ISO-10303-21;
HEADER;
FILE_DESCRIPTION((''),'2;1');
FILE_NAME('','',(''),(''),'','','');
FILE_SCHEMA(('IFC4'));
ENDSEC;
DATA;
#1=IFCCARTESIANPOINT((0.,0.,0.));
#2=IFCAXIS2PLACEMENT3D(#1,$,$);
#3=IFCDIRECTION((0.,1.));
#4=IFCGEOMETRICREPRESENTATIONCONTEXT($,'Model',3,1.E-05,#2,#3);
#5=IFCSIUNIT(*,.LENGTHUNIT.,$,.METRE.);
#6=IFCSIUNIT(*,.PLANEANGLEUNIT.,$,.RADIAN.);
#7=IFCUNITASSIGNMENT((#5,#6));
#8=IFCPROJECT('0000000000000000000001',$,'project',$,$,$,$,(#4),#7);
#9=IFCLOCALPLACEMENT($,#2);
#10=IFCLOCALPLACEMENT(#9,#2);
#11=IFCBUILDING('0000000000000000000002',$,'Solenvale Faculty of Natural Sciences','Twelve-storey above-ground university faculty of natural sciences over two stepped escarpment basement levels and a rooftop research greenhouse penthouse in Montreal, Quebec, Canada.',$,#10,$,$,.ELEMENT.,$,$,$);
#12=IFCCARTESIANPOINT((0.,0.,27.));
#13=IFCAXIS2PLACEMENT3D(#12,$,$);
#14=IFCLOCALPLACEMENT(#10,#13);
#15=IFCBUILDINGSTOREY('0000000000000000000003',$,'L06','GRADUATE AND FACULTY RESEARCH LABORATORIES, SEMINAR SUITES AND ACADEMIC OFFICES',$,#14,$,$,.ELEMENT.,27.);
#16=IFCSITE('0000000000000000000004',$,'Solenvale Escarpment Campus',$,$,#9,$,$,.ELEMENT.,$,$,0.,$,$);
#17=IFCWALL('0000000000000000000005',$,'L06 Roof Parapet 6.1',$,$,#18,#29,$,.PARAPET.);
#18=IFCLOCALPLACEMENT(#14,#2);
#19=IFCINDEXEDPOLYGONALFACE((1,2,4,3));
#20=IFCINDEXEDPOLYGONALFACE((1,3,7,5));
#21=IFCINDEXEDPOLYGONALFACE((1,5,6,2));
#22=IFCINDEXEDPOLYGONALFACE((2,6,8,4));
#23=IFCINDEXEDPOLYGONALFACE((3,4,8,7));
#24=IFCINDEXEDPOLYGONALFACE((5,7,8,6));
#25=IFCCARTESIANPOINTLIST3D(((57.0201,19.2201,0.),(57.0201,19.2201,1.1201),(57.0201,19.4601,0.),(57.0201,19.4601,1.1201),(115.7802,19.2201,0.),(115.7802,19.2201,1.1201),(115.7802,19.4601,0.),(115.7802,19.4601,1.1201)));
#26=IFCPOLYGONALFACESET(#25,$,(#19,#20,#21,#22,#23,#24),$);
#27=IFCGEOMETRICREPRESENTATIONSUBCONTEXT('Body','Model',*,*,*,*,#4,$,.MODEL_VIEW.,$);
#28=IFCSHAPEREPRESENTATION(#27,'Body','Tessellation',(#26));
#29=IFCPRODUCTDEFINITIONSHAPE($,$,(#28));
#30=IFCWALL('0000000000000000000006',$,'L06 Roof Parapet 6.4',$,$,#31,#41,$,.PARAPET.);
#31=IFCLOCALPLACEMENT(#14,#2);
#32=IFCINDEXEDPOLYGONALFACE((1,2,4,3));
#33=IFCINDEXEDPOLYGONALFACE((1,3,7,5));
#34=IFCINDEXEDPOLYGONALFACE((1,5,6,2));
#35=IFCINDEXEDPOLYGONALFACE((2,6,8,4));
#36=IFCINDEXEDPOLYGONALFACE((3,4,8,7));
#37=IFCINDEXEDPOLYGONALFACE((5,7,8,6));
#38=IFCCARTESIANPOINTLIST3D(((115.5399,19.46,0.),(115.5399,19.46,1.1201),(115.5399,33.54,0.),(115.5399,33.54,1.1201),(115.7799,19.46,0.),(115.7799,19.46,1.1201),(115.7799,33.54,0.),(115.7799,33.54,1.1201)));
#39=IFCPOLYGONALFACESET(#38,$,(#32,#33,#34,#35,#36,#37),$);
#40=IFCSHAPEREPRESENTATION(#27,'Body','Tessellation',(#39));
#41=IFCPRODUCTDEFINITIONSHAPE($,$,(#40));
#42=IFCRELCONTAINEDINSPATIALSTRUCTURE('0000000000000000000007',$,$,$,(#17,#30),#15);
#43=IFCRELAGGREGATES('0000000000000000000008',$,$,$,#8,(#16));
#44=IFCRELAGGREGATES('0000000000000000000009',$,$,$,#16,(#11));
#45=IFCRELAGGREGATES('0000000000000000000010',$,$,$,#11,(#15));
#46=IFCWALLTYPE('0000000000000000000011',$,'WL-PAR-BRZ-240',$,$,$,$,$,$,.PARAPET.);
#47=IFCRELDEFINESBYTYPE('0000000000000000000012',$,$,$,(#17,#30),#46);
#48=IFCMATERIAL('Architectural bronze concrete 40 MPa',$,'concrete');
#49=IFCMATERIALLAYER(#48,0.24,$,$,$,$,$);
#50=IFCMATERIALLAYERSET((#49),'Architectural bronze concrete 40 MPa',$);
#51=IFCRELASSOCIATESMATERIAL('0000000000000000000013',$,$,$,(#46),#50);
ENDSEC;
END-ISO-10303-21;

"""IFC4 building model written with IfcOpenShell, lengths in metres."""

from ifc_helpers import new_model, si_unit, direction, frame, frame_2d, origin, place, context, subcontext, project, spatial, rectangle, extrude, material, layer, layer_set, type_object, element, save


model = new_model("IFC4")

# Units and contexts
model_context = context("Model", 3, precision=1e-05, world=origin(), true_north=direction((0.0, 1.0)))
body_context = subcontext(model_context, "Body", "Model", "MODEL_VIEW")
ifc_project = project(units=[si_unit("LENGTHUNIT", "METRE"), si_unit("PLANEANGLEUNIT", "RADIAN")], contexts=[model_context])

# Site, building, storey
site_placement = place(None, origin())
site = spatial("IfcSite", under=ifc_project, at=site_placement, Name="Solenvale Escarpment Campus", CompositionType="ELEMENT", RefElevation=0.0)
building_placement = place(site_placement, origin())
building = spatial("IfcBuilding", under=site, at=building_placement, Name="Solenvale Faculty of Natural Sciences", Description="Twelve-storey above-ground university faculty of natural sciences over two stepped escarpment basement levels and a rooftop research greenhouse penthouse in Montreal, Quebec, Canada.", CompositionType="ELEMENT")
storey_placement = place(building_placement, frame((0.0, 0.0, 27.0)))
storey = spatial("IfcBuildingStorey", under=building, at=storey_placement, Name="L06", Description="GRADUATE AND FACULTY RESEARCH LABORATORIES, SEMINAR SUITES AND ACADEMIC OFFICES", CompositionType="ELEMENT", Elevation=27.0)

# Walls
ifc_material_1 = material(Name="Architectural bronze concrete 40 MPa", Category="concrete")
ifc_layer_1 = layer(ifc_material_1, 0.24)
ifc_layer_set_1 = layer_set([ifc_layer_1], Name="Architectural bronze concrete 40 MPa")
wall_type_1 = type_object("IfcWallType", Name="WL-PAR-BRZ-240", PredefinedType="PARAPET", material=ifc_layer_set_1)
wall_1_placement = place(storey_placement, frame((115.78, 19.3401, 0.0), z_axis=(0.0, 0.0, 1.0), x_axis=(-1.0, 0.0, 0.0)))
element("IfcWall", 1, at=wall_1_placement, inside=storey, type_object=wall_type_1, Name="L06 Roof Parapet 6.1", PredefinedType="PARAPET", context=body_context, shape_type="SweptSolid", body=[
    extrude(rectangle(XDim=58.76, YDim=0.24, at=frame_2d((29.3799, 0.0))), origin(), (0.0, 0.0, 1.0), 1.1201),
])
wall_2_placement = place(storey_placement, frame((115.6599, 33.54, 0.0), z_axis=(0.0, 0.0, 1.0), x_axis=(0.0, -1.0, 0.0)))
element("IfcWall", 2, at=wall_2_placement, inside=storey, type_object=wall_type_1, Name="L06 Roof Parapet 6.4", PredefinedType="PARAPET", context=body_context, shape_type="SweptSolid", body=[
    extrude(rectangle(XDim=14.0801, YDim=0.24, at=frame_2d((7.04, 0.0))), origin(), (0.0, 0.0, 1.0), 1.1201),
])

save(model, "model.ifc")
